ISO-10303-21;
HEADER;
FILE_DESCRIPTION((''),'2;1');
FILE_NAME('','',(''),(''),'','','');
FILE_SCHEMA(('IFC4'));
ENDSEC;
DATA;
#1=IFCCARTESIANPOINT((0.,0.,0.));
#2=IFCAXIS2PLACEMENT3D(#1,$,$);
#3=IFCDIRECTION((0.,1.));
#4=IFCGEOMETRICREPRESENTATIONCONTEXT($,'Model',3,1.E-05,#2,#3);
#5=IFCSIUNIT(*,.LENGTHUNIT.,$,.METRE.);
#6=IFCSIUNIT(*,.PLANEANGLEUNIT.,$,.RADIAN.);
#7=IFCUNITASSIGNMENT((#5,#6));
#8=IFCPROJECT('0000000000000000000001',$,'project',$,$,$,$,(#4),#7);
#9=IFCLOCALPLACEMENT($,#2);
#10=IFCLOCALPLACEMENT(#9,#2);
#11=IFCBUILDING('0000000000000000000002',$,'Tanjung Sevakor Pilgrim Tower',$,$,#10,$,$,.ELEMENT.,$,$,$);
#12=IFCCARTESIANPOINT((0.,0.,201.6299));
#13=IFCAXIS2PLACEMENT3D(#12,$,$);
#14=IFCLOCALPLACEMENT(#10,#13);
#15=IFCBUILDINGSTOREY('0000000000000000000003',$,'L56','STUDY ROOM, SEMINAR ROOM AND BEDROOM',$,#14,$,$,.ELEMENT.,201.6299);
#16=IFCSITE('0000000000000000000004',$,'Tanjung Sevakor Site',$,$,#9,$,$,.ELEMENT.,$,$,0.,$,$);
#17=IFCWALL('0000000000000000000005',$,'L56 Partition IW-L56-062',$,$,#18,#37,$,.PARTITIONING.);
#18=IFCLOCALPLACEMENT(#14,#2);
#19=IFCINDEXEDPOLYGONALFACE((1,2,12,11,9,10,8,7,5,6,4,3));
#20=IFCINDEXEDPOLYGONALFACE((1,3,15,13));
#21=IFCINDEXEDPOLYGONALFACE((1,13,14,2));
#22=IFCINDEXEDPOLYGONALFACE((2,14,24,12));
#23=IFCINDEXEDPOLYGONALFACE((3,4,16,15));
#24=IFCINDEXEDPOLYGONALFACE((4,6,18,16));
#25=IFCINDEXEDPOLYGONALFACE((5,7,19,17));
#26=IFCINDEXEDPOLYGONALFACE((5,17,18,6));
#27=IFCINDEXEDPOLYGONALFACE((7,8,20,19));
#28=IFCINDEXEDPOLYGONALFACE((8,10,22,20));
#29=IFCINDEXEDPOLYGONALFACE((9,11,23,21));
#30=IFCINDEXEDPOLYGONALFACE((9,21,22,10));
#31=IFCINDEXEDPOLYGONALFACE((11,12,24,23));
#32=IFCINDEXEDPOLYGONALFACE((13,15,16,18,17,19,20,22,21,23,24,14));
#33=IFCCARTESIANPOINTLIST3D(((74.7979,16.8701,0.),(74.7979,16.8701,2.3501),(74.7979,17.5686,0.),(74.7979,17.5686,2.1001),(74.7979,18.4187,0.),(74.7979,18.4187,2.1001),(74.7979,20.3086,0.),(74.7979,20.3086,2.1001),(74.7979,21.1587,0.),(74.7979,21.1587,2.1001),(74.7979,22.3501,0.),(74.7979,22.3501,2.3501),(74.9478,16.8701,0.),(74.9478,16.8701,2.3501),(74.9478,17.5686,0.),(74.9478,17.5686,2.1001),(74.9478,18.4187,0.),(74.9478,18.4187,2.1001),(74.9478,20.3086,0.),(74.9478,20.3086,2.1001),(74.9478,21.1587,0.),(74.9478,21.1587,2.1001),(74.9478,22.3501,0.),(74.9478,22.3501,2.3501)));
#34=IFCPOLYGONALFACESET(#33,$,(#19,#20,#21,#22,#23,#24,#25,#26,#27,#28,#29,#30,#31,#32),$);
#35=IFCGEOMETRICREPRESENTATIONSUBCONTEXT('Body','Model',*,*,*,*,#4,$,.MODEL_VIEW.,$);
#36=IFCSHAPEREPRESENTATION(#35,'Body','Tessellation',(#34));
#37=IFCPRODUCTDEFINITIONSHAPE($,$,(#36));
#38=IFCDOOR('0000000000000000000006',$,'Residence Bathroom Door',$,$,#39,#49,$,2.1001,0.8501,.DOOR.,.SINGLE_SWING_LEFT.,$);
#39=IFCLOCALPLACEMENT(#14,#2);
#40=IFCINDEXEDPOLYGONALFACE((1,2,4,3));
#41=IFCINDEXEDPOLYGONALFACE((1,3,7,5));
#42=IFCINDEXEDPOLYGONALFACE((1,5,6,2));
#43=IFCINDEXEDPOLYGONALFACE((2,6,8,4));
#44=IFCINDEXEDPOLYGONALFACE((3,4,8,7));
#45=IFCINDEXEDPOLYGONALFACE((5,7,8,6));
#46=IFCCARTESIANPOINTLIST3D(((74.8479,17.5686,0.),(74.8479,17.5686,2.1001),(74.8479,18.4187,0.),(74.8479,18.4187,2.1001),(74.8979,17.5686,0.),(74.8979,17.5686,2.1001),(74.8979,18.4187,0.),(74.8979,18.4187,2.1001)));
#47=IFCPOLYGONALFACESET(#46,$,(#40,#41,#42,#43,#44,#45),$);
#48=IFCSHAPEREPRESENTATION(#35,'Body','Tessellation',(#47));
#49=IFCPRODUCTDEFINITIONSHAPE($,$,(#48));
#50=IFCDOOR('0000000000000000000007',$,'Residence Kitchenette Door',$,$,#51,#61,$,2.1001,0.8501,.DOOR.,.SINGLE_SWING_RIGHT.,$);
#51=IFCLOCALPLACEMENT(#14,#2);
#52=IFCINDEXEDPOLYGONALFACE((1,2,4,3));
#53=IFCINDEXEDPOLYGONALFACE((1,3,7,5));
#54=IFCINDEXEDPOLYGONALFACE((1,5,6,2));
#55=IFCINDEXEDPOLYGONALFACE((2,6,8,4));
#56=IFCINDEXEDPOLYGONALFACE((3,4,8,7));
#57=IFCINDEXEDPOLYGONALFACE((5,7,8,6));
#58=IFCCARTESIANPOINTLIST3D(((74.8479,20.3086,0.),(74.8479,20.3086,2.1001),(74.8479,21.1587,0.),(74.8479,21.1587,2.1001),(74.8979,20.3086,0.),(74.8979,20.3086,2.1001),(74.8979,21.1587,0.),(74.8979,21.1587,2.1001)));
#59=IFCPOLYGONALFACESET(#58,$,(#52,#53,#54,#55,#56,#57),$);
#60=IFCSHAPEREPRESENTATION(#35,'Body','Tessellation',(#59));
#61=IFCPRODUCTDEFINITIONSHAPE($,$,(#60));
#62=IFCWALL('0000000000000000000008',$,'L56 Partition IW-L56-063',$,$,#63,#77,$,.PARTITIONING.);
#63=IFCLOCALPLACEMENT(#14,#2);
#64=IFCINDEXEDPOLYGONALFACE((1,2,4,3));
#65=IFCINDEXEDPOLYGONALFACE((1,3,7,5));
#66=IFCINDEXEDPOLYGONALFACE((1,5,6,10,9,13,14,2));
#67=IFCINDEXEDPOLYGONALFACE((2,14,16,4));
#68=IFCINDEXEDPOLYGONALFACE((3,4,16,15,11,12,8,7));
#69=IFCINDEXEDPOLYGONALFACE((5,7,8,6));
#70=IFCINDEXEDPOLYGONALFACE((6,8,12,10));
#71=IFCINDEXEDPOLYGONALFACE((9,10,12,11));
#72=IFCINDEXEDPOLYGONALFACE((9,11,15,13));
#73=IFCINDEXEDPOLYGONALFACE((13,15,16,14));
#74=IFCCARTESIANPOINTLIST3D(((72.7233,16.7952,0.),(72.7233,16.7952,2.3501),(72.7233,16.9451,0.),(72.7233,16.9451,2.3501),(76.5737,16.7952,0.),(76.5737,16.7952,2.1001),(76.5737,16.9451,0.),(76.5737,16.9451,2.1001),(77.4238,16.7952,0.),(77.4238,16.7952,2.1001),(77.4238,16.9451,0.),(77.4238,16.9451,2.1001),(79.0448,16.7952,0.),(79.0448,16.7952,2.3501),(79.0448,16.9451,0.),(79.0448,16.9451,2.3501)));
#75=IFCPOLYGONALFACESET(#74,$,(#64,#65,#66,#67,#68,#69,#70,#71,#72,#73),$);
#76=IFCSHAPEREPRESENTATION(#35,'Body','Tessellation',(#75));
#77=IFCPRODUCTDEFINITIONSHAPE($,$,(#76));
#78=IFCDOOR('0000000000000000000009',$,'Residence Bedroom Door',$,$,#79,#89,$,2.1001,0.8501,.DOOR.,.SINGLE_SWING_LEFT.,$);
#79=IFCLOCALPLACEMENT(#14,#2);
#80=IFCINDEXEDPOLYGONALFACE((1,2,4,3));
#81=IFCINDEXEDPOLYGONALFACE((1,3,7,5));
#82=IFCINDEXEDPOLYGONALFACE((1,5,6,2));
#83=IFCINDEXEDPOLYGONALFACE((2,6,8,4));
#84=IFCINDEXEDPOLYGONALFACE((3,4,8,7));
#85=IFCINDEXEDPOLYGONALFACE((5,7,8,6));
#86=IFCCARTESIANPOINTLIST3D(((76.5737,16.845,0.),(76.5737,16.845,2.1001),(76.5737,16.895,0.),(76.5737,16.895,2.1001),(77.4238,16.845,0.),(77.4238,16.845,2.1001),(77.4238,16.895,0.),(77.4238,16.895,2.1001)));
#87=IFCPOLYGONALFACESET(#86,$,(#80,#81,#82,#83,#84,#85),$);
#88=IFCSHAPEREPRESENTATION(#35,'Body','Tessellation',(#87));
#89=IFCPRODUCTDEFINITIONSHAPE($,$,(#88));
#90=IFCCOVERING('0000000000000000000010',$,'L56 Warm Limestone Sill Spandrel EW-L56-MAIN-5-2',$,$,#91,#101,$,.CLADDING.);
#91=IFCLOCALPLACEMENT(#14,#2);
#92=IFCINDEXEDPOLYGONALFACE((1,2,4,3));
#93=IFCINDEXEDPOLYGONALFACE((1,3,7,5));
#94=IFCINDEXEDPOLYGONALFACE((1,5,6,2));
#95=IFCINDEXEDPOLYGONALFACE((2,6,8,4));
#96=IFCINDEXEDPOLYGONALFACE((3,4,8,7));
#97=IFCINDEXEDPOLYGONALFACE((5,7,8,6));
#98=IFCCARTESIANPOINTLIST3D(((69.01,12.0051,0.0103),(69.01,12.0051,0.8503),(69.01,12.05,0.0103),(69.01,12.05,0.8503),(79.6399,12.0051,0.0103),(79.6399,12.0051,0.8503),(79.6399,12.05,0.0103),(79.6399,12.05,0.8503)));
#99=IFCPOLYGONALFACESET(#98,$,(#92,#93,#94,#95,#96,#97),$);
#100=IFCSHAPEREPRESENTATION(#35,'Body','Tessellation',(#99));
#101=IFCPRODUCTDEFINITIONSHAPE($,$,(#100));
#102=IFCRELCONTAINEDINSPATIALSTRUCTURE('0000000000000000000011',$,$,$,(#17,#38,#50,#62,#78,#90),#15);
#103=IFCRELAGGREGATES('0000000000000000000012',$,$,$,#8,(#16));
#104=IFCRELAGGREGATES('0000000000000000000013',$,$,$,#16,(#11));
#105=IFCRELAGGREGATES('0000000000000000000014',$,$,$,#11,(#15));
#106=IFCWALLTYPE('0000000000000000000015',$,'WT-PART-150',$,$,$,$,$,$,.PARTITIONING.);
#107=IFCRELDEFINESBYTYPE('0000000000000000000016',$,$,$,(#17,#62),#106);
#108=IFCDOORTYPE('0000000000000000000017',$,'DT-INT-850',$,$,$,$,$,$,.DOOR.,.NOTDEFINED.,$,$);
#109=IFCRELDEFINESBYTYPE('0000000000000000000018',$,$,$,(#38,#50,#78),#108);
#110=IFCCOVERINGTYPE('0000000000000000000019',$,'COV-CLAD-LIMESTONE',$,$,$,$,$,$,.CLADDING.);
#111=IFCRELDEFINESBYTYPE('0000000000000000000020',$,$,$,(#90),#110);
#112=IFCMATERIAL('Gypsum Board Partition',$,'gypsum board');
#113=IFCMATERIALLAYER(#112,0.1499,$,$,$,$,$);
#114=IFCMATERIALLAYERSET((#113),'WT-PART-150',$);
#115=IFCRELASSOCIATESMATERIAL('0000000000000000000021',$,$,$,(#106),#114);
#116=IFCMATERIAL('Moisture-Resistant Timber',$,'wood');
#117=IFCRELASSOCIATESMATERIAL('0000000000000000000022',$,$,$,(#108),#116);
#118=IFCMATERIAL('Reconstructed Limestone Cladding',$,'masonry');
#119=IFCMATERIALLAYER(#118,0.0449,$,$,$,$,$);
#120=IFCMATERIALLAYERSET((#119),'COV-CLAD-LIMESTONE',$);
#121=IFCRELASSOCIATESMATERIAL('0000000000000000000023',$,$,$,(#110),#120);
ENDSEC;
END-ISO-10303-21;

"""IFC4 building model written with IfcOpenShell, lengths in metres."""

from ifc_helpers import new_model, si_unit, direction, frame, frame_2d, origin, origin_2d, place, context, subcontext, project, spatial, rectangle, extrude, material, layer, layer_set, type_object, element, fill, save


model = new_model("IFC4")

# Units and contexts
model_context = context("Model", 3, precision=1e-05, world=origin(), true_north=direction((0.0, 1.0)))
body_context = subcontext(model_context, "Body", "Model", "MODEL_VIEW")
ifc_project = project(units=[si_unit("LENGTHUNIT", "METRE"), si_unit("PLANEANGLEUNIT", "RADIAN")], contexts=[model_context])

# Site, building, storey
site_placement = place(None, origin())
site = spatial("IfcSite", under=ifc_project, at=site_placement, Name="Tanjung Sevakor Site", CompositionType="ELEMENT", RefElevation=0.0)
building_placement = place(site_placement, origin())
building = spatial("IfcBuilding", under=site, at=building_placement, Name="Tanjung Sevakor Pilgrim Tower", CompositionType="ELEMENT")
storey_placement = place(building_placement, frame((0.0, 0.0, 201.6299)))
storey = spatial("IfcBuildingStorey", under=building, at=storey_placement, Name="L56", Description="STUDY ROOM, SEMINAR ROOM AND BEDROOM", CompositionType="ELEMENT", Elevation=201.6299)

# Shared definitions
ifc_material_1 = material(Name="Gypsum Board Partition", Category="gypsum board")
ifc_layer_1 = layer(ifc_material_1, 0.1499)
ifc_layer_set_1 = layer_set([ifc_layer_1], Name="WT-PART-150")
wall_type_1 = type_object("IfcWallType", Name="WT-PART-150", PredefinedType="PARTITIONING", material=ifc_layer_set_1)

# Wall, openings, doors
wall_1_placement = place(storey_placement, frame((74.8728, 16.8701, 0.0), z_axis=(0.0, 0.0, 1.0), x_axis=(0.0, 1.0, 0.0)))
wall_1 = element("IfcWall", 1, at=wall_1_placement, inside=storey, type_object=wall_type_1, Name="L56 Partition IW-L56-062", PredefinedType="PARTITIONING", context=body_context, shape_type="SweptSolid", body=[
    extrude(rectangle(XDim=5.48, YDim=0.1499, at=frame_2d((2.74, 0.0))), origin(), (0.0, 0.0, 1.0), 2.3501),
])
opening_1_placement = place(wall_1_placement, frame((0.6985, 0.0, 0.0)))
opening_1 = element("IfcOpeningElement", 2, at=opening_1_placement, cuts=wall_1, PredefinedType="OPENING", context=body_context, shape_type="SweptSolid", body=[
    extrude(rectangle(XDim=0.8501, YDim=2.1001, at=frame_2d((0.425, 1.05))), frame((0.0, 0.085, 0.0), z_axis=(0.0, -1.0, 0.0), x_axis=(1.0, 0.0, 0.0)), (0.0, 0.0, 1.0), 0.1699),
])
opening_2_placement = place(wall_1_placement, frame((3.4385, 0.0, 0.0)))
opening_2 = element("IfcOpeningElement", 3, at=opening_2_placement, cuts=wall_1, PredefinedType="OPENING", context=body_context, shape_type="SweptSolid", body=[
    extrude(rectangle(XDim=0.8501, YDim=2.1001, at=frame_2d((0.425, 1.05))), frame((0.0, 0.085, 0.0), z_axis=(0.0, -1.0, 0.0), x_axis=(1.0, 0.0, 0.0)), (0.0, 0.0, 1.0), 0.1699),
])
ifc_material_2 = material(Name="Moisture-Resistant Timber", Category="wood")
door_type_1 = type_object("IfcDoorType", Name="DT-INT-850", OperationType="NOTDEFINED", PredefinedType="DOOR", material=ifc_material_2)
door_1_placement = place(opening_1_placement, origin())
door_1 = element("IfcDoor", 4, at=door_1_placement, inside=storey, type_object=door_type_1, Name="Residence Bathroom Door", OperationType="SINGLE_SWING_LEFT", OverallHeight=2.1001, OverallWidth=0.8501, PredefinedType="DOOR", context=body_context, shape_type="SweptSolid", body=[
    extrude(rectangle(XDim=0.8501, YDim=2.1001, at=frame_2d((0.425, 1.05))), frame((0.0, 0.0249, 0.0), z_axis=(0.0, -1.0, 0.0), x_axis=(1.0, 0.0, 0.0)), (0.0, 0.0, 1.0), 0.05),
])
fill(opening_1, door_1)
door_2_placement = place(opening_2_placement, origin())
door_2 = element("IfcDoor", 5, at=door_2_placement, inside=storey, type_object=door_type_1, Name="Residence Kitchenette Door", OperationType="SINGLE_SWING_RIGHT", OverallHeight=2.1001, OverallWidth=0.8501, PredefinedType="DOOR", context=body_context, shape_type="SweptSolid", body=[
    extrude(rectangle(XDim=0.8501, YDim=2.1001, at=frame_2d((0.425, 1.05))), frame((0.0, 0.0249, 0.0), z_axis=(0.0, -1.0, 0.0), x_axis=(1.0, 0.0, 0.0)), (0.0, 0.0, 1.0), 0.05),
])
fill(opening_2, door_2)

# Wall, opening, door
wall_2_placement = place(storey_placement, frame((72.7234, 16.8701, 0.0), z_axis=(0.0, 0.0, 1.0), x_axis=(1.0, 0.0, 0.0)))
wall_2 = element("IfcWall", 6, at=wall_2_placement, inside=storey, type_object=wall_type_1, Name="L56 Partition IW-L56-063", PredefinedType="PARTITIONING", context=body_context, shape_type="SweptSolid", body=[
    extrude(rectangle(XDim=6.3215, YDim=0.1499, at=frame_2d((3.1606, 0.0))), origin(), (0.0, 0.0, 1.0), 2.3501),
])
opening_3_placement = place(wall_2_placement, frame((3.8503, 0.0, 0.0)))
opening_3 = element("IfcOpeningElement", 7, at=opening_3_placement, cuts=wall_2, PredefinedType="OPENING", context=body_context, shape_type="SweptSolid", body=[
    extrude(rectangle(XDim=0.8501, YDim=2.1001, at=frame_2d((0.425, 1.05))), frame((0.0, 0.085, 0.0), z_axis=(0.0, -1.0, 0.0), x_axis=(1.0, 0.0, 0.0)), (0.0, 0.0, 1.0), 0.1699),
])
door_3_placement = place(opening_3_placement, origin())
door_3 = element("IfcDoor", 8, at=door_3_placement, inside=storey, type_object=door_type_1, Name="Residence Bedroom Door", OperationType="SINGLE_SWING_LEFT", OverallHeight=2.1001, OverallWidth=0.8501, PredefinedType="DOOR", context=body_context, shape_type="SweptSolid", body=[
    extrude(rectangle(XDim=0.8501, YDim=2.1001, at=frame_2d((0.425, 1.05))), frame((0.0, 0.0249, 0.0), z_axis=(0.0, -1.0, 0.0), x_axis=(1.0, 0.0, 0.0)), (0.0, 0.0, 1.0), 0.05),
])
fill(opening_3, door_3)

# Covering
ifc_material_3 = material(Name="Reconstructed Limestone Cladding", Category="masonry")
ifc_layer_2 = layer(ifc_material_3, 0.0449)
ifc_layer_set_2 = layer_set([ifc_layer_2], Name="COV-CLAD-LIMESTONE")
covering_type = type_object("IfcCoveringType", Name="COV-CLAD-LIMESTONE", PredefinedType="CLADDING", material=ifc_layer_set_2)
covering_placement = place(storey_placement, frame((74.325, 12.0276, 0.0103), z_axis=(0.0, 0.0, 1.0), x_axis=(1.0, 0.0, 0.0)))
element("IfcCovering", 9, at=covering_placement, inside=storey, type_object=covering_type, Name="L56 Warm Limestone Sill Spandrel EW-L56-MAIN-5-2", PredefinedType="CLADDING", context=body_context, shape_type="SweptSolid", body=[
    extrude(rectangle(XDim=10.6299, YDim=0.0449, at=origin_2d()), origin(), (0.0, 0.0, 1.0), 0.8401),
])

save(model, "model.ifc")
